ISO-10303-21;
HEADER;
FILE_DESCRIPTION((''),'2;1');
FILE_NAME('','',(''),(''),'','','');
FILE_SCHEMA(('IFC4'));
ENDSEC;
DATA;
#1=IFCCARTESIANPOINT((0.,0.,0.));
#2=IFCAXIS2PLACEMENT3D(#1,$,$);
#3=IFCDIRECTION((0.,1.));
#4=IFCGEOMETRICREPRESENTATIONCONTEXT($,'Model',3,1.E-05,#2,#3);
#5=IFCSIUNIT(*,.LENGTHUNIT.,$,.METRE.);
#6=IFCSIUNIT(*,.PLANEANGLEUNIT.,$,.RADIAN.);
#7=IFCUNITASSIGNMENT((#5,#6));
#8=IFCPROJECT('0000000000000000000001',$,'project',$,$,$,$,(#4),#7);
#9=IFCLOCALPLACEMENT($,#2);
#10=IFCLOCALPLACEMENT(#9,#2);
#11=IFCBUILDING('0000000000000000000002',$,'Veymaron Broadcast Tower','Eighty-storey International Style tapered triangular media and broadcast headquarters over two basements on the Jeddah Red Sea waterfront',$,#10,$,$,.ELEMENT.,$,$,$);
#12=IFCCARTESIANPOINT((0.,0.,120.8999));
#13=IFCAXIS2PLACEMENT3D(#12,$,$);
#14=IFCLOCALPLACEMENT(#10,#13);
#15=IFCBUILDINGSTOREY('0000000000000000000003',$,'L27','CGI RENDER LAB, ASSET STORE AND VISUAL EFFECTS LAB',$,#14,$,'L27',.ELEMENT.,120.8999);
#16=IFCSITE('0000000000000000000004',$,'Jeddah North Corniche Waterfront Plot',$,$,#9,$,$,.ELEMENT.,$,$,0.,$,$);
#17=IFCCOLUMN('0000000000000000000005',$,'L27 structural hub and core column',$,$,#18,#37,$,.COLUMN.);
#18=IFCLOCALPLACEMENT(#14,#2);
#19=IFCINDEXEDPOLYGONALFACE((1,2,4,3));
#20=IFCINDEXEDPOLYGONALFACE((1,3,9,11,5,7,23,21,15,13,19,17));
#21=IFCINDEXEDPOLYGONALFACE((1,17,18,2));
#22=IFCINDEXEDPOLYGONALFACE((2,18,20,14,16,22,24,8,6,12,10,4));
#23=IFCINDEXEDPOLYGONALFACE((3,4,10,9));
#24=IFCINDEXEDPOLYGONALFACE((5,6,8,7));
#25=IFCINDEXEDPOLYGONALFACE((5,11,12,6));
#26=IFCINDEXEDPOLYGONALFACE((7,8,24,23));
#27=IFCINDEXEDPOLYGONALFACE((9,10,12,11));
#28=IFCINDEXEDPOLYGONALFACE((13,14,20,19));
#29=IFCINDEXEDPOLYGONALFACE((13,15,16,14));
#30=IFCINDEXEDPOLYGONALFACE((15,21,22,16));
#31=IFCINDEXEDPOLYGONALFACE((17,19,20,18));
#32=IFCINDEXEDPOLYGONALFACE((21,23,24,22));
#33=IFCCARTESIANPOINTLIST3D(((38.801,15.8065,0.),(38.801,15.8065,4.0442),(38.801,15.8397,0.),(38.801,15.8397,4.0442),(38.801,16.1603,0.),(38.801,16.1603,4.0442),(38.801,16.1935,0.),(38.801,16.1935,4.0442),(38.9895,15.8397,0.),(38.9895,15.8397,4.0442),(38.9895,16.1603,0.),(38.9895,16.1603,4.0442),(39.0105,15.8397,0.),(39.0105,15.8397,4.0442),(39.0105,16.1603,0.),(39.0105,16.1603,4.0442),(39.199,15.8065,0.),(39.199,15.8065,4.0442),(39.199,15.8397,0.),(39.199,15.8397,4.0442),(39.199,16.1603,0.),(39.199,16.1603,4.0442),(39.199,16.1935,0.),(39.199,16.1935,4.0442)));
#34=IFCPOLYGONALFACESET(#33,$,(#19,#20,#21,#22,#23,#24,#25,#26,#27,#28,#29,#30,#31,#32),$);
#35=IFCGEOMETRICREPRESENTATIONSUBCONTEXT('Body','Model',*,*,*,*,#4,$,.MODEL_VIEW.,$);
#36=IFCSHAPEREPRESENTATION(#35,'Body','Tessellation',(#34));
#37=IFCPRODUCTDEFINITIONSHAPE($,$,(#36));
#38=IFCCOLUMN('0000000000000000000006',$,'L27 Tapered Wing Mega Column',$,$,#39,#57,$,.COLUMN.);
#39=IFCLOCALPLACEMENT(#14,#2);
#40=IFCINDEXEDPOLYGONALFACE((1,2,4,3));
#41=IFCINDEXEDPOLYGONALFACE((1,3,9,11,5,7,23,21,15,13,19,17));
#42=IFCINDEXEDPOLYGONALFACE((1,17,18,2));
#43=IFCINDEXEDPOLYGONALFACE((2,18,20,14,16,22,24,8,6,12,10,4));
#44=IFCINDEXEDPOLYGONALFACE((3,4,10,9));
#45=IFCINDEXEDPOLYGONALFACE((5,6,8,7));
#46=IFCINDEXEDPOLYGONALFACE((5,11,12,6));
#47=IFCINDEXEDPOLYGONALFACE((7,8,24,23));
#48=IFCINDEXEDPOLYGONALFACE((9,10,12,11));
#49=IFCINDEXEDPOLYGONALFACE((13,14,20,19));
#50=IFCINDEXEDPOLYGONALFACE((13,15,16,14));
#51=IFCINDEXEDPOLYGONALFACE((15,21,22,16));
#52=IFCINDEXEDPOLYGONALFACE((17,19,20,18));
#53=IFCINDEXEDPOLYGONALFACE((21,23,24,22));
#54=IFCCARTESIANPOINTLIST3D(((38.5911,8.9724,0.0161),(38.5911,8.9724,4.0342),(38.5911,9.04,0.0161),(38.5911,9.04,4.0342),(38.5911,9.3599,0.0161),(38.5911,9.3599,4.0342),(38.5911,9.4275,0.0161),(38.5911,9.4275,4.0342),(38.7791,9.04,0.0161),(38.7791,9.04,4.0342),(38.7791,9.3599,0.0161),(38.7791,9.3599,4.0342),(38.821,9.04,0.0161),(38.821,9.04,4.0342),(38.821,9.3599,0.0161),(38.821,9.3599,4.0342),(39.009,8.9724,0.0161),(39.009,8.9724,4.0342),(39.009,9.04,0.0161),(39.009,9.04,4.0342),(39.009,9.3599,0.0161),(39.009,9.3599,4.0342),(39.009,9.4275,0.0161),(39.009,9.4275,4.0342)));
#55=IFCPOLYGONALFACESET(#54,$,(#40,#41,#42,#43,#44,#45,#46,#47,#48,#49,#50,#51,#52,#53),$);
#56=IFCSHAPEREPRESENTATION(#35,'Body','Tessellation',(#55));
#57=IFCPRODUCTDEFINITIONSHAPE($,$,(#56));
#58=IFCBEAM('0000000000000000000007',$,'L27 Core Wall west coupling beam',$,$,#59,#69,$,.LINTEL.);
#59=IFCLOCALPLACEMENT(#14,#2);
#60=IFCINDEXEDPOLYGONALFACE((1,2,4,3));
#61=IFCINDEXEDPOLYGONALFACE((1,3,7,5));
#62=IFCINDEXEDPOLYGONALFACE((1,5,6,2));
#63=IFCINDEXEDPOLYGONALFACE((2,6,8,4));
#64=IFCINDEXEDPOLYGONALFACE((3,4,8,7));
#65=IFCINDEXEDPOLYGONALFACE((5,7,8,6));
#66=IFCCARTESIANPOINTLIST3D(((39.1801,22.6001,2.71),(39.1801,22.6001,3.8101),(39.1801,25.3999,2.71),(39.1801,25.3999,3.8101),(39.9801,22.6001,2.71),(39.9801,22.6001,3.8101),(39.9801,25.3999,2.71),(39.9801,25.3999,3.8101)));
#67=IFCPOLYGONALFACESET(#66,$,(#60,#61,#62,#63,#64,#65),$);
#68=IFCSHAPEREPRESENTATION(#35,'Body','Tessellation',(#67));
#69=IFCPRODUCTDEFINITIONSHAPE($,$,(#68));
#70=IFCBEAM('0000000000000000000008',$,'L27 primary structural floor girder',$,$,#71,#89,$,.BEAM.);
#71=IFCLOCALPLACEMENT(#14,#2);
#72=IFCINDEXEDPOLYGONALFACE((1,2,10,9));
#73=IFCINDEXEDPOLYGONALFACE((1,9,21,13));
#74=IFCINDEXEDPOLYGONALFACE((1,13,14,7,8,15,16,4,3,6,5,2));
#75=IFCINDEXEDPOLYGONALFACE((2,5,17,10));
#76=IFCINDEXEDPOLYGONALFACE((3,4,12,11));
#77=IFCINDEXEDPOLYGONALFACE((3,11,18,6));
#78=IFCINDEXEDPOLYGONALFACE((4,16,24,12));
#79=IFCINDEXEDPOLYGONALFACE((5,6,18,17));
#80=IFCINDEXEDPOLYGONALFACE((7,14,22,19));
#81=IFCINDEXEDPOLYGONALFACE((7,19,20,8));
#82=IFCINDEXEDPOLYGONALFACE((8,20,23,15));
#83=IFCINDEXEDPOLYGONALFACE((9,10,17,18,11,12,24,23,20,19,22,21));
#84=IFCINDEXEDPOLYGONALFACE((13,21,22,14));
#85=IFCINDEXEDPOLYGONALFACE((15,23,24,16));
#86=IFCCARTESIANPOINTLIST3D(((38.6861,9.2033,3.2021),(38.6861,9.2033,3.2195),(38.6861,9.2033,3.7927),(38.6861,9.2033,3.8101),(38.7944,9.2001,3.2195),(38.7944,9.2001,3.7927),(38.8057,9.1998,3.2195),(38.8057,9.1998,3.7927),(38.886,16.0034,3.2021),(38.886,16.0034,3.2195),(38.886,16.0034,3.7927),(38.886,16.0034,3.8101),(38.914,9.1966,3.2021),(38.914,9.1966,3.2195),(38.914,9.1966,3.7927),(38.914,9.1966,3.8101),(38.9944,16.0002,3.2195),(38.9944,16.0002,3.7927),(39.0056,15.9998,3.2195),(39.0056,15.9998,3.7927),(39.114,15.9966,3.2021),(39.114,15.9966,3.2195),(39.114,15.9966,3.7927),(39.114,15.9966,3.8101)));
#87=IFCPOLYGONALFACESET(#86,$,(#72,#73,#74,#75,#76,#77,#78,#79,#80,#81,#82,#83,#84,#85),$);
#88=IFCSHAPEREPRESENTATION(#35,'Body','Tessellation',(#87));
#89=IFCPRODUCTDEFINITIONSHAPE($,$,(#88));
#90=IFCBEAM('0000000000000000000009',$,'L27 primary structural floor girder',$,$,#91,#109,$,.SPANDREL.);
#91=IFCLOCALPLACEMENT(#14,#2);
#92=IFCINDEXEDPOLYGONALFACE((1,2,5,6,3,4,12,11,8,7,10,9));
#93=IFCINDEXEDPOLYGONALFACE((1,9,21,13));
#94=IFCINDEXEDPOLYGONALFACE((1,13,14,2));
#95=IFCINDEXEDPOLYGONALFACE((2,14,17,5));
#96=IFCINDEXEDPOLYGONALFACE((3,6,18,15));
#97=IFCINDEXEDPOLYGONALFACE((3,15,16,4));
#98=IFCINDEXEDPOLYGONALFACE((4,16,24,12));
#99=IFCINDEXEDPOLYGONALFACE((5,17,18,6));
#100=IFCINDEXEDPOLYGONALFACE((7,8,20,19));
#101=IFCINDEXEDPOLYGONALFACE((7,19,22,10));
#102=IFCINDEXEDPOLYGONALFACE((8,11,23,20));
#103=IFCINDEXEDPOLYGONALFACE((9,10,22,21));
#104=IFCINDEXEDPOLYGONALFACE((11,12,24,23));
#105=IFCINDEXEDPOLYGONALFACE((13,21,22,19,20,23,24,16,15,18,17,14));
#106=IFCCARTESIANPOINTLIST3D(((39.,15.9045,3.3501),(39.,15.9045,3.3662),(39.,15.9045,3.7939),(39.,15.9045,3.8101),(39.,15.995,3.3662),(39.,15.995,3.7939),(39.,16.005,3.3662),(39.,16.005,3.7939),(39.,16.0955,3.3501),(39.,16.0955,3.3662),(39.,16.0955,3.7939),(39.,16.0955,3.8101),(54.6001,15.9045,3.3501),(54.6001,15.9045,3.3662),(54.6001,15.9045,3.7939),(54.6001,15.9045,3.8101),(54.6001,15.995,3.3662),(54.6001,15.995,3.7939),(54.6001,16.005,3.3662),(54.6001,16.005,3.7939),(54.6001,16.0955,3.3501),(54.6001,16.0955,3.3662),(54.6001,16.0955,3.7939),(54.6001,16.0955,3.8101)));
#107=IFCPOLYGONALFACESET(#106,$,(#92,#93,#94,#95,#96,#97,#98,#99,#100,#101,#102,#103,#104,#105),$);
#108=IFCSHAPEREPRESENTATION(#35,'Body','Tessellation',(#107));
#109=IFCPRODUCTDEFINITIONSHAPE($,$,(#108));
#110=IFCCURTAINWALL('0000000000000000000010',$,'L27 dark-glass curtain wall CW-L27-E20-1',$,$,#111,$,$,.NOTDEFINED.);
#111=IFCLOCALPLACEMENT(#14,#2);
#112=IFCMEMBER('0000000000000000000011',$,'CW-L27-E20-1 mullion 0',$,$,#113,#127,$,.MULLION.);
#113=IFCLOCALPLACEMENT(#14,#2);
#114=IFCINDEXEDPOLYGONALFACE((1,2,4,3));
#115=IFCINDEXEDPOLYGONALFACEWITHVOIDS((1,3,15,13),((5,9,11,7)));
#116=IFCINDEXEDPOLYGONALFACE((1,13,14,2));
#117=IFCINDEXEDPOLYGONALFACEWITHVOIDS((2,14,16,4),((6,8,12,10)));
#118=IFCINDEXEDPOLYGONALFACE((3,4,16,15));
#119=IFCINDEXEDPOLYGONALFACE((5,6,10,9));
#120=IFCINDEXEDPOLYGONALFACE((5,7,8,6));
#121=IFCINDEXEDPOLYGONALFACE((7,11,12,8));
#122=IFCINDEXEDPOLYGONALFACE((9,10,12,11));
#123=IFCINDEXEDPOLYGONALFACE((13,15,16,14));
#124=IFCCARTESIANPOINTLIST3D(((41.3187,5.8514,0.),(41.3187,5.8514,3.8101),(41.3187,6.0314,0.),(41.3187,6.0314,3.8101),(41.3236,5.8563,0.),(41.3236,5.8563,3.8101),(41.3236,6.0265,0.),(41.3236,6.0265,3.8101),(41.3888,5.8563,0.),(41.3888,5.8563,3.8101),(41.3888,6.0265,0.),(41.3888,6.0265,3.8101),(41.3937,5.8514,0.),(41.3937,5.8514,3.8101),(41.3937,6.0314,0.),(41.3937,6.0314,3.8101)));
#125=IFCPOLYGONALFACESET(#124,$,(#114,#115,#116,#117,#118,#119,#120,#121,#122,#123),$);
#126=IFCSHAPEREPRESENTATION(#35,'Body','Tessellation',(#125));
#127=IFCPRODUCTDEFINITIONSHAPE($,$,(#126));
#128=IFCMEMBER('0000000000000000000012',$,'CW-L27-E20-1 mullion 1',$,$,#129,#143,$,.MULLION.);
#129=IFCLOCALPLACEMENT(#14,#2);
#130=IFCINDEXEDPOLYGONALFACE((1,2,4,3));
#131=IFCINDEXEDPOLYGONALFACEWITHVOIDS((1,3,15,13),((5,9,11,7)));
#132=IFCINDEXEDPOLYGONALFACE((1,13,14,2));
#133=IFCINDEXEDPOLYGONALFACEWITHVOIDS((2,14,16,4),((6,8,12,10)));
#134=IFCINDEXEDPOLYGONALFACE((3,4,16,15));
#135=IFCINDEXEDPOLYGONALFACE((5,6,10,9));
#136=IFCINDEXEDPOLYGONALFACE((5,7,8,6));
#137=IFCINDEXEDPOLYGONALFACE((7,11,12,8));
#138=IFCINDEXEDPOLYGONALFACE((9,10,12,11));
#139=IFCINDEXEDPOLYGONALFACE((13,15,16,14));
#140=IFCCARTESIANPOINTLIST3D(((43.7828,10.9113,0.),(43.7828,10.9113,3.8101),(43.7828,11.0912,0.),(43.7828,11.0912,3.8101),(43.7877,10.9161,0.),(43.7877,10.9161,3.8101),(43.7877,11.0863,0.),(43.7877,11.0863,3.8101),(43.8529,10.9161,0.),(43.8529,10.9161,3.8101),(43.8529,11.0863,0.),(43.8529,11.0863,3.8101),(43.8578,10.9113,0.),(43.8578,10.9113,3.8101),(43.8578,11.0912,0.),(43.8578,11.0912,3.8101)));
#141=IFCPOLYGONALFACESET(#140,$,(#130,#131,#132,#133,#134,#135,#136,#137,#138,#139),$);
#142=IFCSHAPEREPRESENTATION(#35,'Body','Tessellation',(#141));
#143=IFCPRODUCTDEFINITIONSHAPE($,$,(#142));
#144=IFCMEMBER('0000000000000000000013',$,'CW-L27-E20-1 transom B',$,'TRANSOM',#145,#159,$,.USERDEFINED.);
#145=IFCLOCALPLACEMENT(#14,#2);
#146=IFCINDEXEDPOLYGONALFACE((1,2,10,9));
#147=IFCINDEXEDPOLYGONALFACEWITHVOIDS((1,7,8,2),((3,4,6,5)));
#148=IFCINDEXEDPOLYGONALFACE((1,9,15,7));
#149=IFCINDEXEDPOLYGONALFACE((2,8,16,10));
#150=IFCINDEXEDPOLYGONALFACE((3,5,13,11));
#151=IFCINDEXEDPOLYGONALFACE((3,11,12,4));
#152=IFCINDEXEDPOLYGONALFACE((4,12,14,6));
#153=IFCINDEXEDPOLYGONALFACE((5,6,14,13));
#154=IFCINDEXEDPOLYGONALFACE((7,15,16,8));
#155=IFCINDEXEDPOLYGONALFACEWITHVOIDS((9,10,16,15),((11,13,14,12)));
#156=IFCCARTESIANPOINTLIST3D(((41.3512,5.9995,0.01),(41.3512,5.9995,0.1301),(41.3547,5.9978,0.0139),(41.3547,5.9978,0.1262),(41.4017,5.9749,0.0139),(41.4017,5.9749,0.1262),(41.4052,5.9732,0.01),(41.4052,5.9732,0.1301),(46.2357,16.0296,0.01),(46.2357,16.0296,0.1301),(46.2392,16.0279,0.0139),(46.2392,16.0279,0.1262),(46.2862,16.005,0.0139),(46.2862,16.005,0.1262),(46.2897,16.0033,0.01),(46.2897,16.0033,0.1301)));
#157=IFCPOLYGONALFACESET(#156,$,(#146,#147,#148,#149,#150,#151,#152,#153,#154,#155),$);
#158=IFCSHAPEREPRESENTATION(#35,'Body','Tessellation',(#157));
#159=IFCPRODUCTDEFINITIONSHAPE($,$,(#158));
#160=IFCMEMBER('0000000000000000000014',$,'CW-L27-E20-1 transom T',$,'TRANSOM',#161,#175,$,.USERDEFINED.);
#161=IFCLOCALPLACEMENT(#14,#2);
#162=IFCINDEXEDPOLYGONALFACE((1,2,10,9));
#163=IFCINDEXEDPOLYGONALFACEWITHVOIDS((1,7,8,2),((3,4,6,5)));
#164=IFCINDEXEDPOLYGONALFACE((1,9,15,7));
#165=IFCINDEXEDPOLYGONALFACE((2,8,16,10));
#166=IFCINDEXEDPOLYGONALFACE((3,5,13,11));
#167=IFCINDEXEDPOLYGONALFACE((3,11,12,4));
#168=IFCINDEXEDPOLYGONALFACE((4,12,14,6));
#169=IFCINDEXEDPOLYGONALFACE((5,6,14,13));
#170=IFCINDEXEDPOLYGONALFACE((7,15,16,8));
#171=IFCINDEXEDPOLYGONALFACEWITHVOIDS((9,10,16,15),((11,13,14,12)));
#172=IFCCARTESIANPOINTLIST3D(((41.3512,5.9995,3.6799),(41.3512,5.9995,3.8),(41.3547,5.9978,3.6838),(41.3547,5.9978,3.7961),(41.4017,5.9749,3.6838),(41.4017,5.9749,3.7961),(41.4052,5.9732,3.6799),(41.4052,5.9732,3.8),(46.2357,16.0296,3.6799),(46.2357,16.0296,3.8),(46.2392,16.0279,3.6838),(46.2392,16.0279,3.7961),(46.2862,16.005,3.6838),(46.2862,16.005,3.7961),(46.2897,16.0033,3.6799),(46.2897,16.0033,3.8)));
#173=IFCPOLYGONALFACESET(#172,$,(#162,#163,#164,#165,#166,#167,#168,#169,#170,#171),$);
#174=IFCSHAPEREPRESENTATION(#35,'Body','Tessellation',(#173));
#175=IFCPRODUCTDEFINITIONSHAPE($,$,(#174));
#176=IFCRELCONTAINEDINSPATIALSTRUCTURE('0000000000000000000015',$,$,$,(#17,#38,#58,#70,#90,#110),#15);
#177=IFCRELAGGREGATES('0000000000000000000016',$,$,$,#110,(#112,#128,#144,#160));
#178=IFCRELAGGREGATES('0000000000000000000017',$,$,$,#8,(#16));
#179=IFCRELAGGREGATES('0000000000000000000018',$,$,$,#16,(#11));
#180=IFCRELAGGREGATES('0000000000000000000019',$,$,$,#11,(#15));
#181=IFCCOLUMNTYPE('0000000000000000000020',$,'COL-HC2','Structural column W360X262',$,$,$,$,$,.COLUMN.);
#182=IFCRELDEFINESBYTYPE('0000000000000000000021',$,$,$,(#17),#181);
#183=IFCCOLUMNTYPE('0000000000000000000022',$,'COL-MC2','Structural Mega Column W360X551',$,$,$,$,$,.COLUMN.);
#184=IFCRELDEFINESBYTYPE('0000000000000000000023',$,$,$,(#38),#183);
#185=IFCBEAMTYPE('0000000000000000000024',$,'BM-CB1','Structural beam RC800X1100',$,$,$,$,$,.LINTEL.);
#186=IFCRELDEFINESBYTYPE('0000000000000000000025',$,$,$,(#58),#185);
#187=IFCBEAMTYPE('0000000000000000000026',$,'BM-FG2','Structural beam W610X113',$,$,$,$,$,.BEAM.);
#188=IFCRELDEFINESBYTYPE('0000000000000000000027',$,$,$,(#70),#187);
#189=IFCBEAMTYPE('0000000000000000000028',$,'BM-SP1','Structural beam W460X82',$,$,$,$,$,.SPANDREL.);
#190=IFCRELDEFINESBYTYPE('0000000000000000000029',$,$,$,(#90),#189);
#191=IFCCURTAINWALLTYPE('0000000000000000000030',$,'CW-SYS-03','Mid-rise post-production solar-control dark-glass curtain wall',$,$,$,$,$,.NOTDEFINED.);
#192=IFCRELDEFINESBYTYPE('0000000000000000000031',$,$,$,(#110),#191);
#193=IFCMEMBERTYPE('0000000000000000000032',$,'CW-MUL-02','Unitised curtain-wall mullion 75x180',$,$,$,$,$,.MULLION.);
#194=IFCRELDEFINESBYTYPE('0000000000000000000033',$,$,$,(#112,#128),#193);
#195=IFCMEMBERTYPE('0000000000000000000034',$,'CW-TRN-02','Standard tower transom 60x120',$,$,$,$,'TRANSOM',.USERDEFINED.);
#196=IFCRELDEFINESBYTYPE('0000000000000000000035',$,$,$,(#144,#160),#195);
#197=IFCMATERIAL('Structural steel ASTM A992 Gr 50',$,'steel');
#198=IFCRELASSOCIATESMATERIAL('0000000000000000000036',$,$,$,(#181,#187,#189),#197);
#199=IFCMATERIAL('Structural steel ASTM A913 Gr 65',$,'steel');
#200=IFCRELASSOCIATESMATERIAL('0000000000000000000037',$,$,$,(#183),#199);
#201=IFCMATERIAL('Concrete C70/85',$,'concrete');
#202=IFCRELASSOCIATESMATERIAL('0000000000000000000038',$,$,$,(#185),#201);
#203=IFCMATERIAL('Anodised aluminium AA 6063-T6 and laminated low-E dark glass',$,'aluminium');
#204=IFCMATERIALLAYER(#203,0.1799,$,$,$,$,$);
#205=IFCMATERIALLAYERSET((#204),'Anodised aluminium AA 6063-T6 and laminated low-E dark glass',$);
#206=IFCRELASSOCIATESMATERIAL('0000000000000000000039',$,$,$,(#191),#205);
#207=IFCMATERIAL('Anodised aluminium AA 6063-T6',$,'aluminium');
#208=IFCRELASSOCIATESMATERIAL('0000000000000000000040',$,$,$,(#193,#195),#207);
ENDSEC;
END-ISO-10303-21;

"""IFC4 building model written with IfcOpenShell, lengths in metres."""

from ifc_helpers import new_model, si_unit, direction, frame, origin, origin_2d, place, context, subcontext, project, spatial, rectangle, hollow_rectangle, i_section, extrude, material, layer, layer_set, material_profile, profile_set, type_object, element, aggregate, save


model = new_model("IFC4")

# Units and contexts
model_context = context("Model", 3, precision=1e-05, world=origin(), true_north=direction((0.0, 1.0)))
body_context = subcontext(model_context, "Body", "Model", "MODEL_VIEW")
ifc_project = project(units=[si_unit("LENGTHUNIT", "METRE"), si_unit("PLANEANGLEUNIT", "RADIAN")], contexts=[model_context])

# Site, building, storey
site_placement = place(None, origin())
site = spatial("IfcSite", under=ifc_project, at=site_placement, Name="Jeddah North Corniche Waterfront Plot", CompositionType="ELEMENT", RefElevation=0.0)
building_placement = place(site_placement, origin())
building = spatial("IfcBuilding", under=site, at=building_placement, Name="Veymaron Broadcast Tower", Description="Eighty-storey International Style tapered triangular media and broadcast headquarters over two basements on the Jeddah Red Sea waterfront", CompositionType="ELEMENT")
storey_placement = place(building_placement, frame((0.0, 0.0, 120.8999)))
storey = spatial("IfcBuildingStorey", under=building, at=storey_placement, Name="L27", Description="CGI RENDER LAB, ASSET STORE AND VISUAL EFFECTS LAB", LongName="L27", CompositionType="ELEMENT", Elevation=120.8999)

# Columns
ifc_material_1 = material(Name="Structural steel ASTM A992 Gr 50", Category="steel")
ifc_material_profile_1 = material_profile(ifc_material_1, i_section(OverallWidth=0.3979, OverallDepth=0.387, WebThickness=0.021, FlangeThickness=0.0332, at=origin_2d()), Name="W360X262")
ifc_profile_set_1 = profile_set([ifc_material_profile_1], Name="Structural steel ASTM A992 Gr 50")
column_type_1 = type_object("IfcColumnType", Name="COL-HC2", Description="Structural column W360X262", PredefinedType="COLUMN", material=ifc_profile_set_1)
column_1_placement = place(storey_placement, frame((39.0, 16.0, 0.0), z_axis=(0.0, 0.0, 1.0), x_axis=(1.0, 0.0, 0.0)))
element("IfcColumn", 1, at=column_1_placement, inside=storey, type_object=column_type_1, Name="L27 structural hub and core column", PredefinedType="COLUMN", context=body_context, shape_type="SweptSolid", body=[
    extrude(i_section(OverallWidth=0.3979, OverallDepth=0.387, WebThickness=0.021, FlangeThickness=0.0332, at=origin_2d()), origin(), (0.0, 0.0, 1.0), 4.0442),
])
ifc_material_2 = material(Name="Structural steel ASTM A913 Gr 65", Category="steel")
ifc_material_profile_2 = material_profile(ifc_material_2, i_section(OverallWidth=0.418, OverallDepth=0.4551, WebThickness=0.042, FlangeThickness=0.0676, at=origin_2d()), Name="W360X551")
ifc_profile_set_2 = profile_set([ifc_material_profile_2], Name="Structural steel ASTM A913 Gr 65")
column_type_2 = type_object("IfcColumnType", Name="COL-MC2", Description="Structural Mega Column W360X551", PredefinedType="COLUMN", material=ifc_profile_set_2)
column_2_placement = place(storey_placement, frame((38.8, 9.2, 0.0161), z_axis=(0.0, 0.0, 1.0), x_axis=(1.0, 0.0, 0.0)))
element("IfcColumn", 2, at=column_2_placement, inside=storey, type_object=column_type_2, Name="L27 Tapered Wing Mega Column", PredefinedType="COLUMN", context=body_context, shape_type="SweptSolid", body=[
    extrude(i_section(OverallWidth=0.418, OverallDepth=0.4551, WebThickness=0.042, FlangeThickness=0.0676, at=origin_2d()), origin(), (0.0, 0.0, 1.0), 4.0181),
])

# Beams
ifc_material_3 = material(Name="Concrete C70/85", Category="concrete")
ifc_material_profile_3 = material_profile(ifc_material_3, rectangle(XDim=0.8, YDim=1.1001, at=origin_2d()), Name="RC800X1100")
ifc_profile_set_3 = profile_set([ifc_material_profile_3], Name="Concrete C70/85")
beam_type_1 = type_object("IfcBeamType", Name="BM-CB1", Description="Structural beam RC800X1100", PredefinedType="LINTEL", material=ifc_profile_set_3)
beam_1_placement = place(storey_placement, frame((39.5801, 22.6001, 3.26), z_axis=(0.0, 1.0, 0.0), x_axis=(-1.0, 0.0, 0.0)))
element("IfcBeam", 3, at=beam_1_placement, inside=storey, type_object=beam_type_1, Name="L27 Core Wall west coupling beam", PredefinedType="LINTEL", context=body_context, shape_type="SweptSolid", body=[
    extrude(rectangle(XDim=0.8, YDim=1.1001, at=origin_2d()), origin(), (0.0, 0.0, 1.0), 2.7998),
])
ifc_material_profile_4 = material_profile(ifc_material_1, i_section(OverallWidth=0.228, OverallDepth=0.6079, WebThickness=0.0112, FlangeThickness=0.0173, at=origin_2d()), Name="W610X113")
ifc_profile_set_4 = profile_set([ifc_material_profile_4], Name="Structural steel ASTM A992 Gr 50")
beam_type_2 = type_object("IfcBeamType", Name="BM-FG2", Description="Structural beam W610X113", PredefinedType="BEAM", material=ifc_profile_set_4)
beam_2_placement = place(storey_placement, frame((39.0, 16.0, 3.5061), z_axis=(-0.029392, -0.999568, 0.0), x_axis=(0.999568, -0.029392, 0.0)))
element("IfcBeam", 4, at=beam_2_placement, inside=storey, type_object=beam_type_2, Name="L27 primary structural floor girder", PredefinedType="BEAM", context=body_context, shape_type="SweptSolid", body=[
    extrude(i_section(OverallWidth=0.228, OverallDepth=0.6079, WebThickness=0.0112, FlangeThickness=0.0173, at=origin_2d()), origin(), (0.0, 0.0, 1.0), 6.803),
])
ifc_material_profile_5 = material_profile(ifc_material_1, i_section(OverallWidth=0.1909, OverallDepth=0.46, WebThickness=0.01, FlangeThickness=0.0161, at=origin_2d()), Name="W460X82")
ifc_profile_set_5 = profile_set([ifc_material_profile_5], Name="Structural steel ASTM A992 Gr 50")
beam_type_3 = type_object("IfcBeamType", Name="BM-SP1", Description="Structural beam W460X82", PredefinedType="SPANDREL", material=ifc_profile_set_5)
beam_3_placement = place(storey_placement, frame((39.0, 16.0, 3.5801), z_axis=(1.0, 0.0, 0.0), x_axis=(0.0, 1.0, 0.0)))
element("IfcBeam", 5, at=beam_3_placement, inside=storey, type_object=beam_type_3, Name="L27 primary structural floor girder", PredefinedType="SPANDREL", context=body_context, shape_type="SweptSolid", body=[
    extrude(i_section(OverallWidth=0.1909, OverallDepth=0.46, WebThickness=0.01, FlangeThickness=0.0161, at=origin_2d()), origin(), (0.0, 0.0, 1.0), 15.6001),
])

# Curtain wall, members
ifc_material_4 = material(Name="Anodised aluminium AA 6063-T6 and laminated low-E dark glass", Category="aluminium")
ifc_layer_1 = layer(ifc_material_4, 0.1799)
ifc_layer_set_1 = layer_set([ifc_layer_1], Name="Anodised aluminium AA 6063-T6 and laminated low-E dark glass")
curtain_wall_type = type_object("IfcCurtainWallType", Name="CW-SYS-03", Description="Mid-rise post-production solar-control dark-glass curtain wall", PredefinedType="NOTDEFINED", material=ifc_layer_set_1)
curtain_wall_placement = place(storey_placement, origin())
curtain_wall = element("IfcCurtainWall", 6, at=curtain_wall_placement, inside=storey, type_object=curtain_wall_type, Name="L27 dark-glass curtain wall CW-L27-E20-1", PredefinedType="NOTDEFINED")
ifc_material_5 = material(Name="Anodised aluminium AA 6063-T6", Category="aluminium")
ifc_material_profile_6 = material_profile(ifc_material_5, hollow_rectangle(XDim=0.075, YDim=0.1799, WallThickness=0.0049, at=origin_2d()), Name="AL180X75X5")
ifc_profile_set_6 = profile_set([ifc_material_profile_6], Name="Anodised aluminium AA 6063-T6")
member_type_1 = type_object("IfcMemberType", Name="CW-MUL-02", Description="Unitised curtain-wall mullion 75x180", PredefinedType="MULLION", material=ifc_profile_set_6)
member_1_placement = place(storey_placement, frame((41.3562, 5.9414, 0.0), z_axis=(0.0, 0.0, 1.0), x_axis=(1.0, 0.0, 0.0)))
member_1 = element("IfcMember", 7, at=member_1_placement, type_object=member_type_1, Name="CW-L27-E20-1 mullion 0", PredefinedType="MULLION", context=body_context, shape_type="SweptSolid", body=[
    extrude(hollow_rectangle(XDim=0.075, YDim=0.1799, WallThickness=0.0049, at=origin_2d()), origin(), (0.0, 0.0, 1.0), 3.8101),
])
member_2_placement = place(storey_placement, frame((43.8203, 11.0012, 0.0), z_axis=(0.0, 0.0, 1.0), x_axis=(1.0, 0.0, 0.0)))
member_2 = element("IfcMember", 8, at=member_2_placement, type_object=member_type_1, Name="CW-L27-E20-1 mullion 1", PredefinedType="MULLION", context=body_context, shape_type="SweptSolid", body=[
    extrude(hollow_rectangle(XDim=0.075, YDim=0.1799, WallThickness=0.0049, at=origin_2d()), origin(), (0.0, 0.0, 1.0), 3.8101),
])
ifc_material_profile_7 = material_profile(ifc_material_5, hollow_rectangle(XDim=0.0601, YDim=0.1201, WallThickness=0.0039, at=origin_2d()), Name="AL120X60X4")
ifc_profile_set_7 = profile_set([ifc_material_profile_7], Name="Anodised aluminium AA 6063-T6")
member_type_2 = type_object("IfcMemberType", Name="CW-TRN-02", Description="Standard tower transom 60x120", ElementType="TRANSOM", PredefinedType="USERDEFINED", material=ifc_profile_set_7)
member_3_placement = place(storey_placement, frame((41.3782, 5.9863, 0.0701), z_axis=(0.437832, 0.899057, 0.0), x_axis=(-0.899057, 0.437832, 0.0)))
member_3 = element("IfcMember", 9, at=member_3_placement, type_object=member_type_2, Name="CW-L27-E20-1 transom B", ObjectType="TRANSOM", PredefinedType="USERDEFINED", context=body_context, shape_type="SweptSolid", body=[
    extrude(hollow_rectangle(XDim=0.0601, YDim=0.1201, WallThickness=0.0039, at=origin_2d()), origin(), (0.0, 0.0, 1.0), 11.1562),
])
member_4_placement = place(storey_placement, frame((41.3782, 5.9863, 3.74), z_axis=(0.437832, 0.899057, 0.0), x_axis=(-0.899057, 0.437832, 0.0)))
member_4 = element("IfcMember", 10, at=member_4_placement, type_object=member_type_2, Name="CW-L27-E20-1 transom T", ObjectType="TRANSOM", PredefinedType="USERDEFINED", context=body_context, shape_type="SweptSolid", body=[
    extrude(hollow_rectangle(XDim=0.0601, YDim=0.1201, WallThickness=0.0039, at=origin_2d()), origin(), (0.0, 0.0, 1.0), 11.1562),
])
aggregate(curtain_wall, [member_1, member_2, member_3, member_4])

save(model, "model.ifc")
